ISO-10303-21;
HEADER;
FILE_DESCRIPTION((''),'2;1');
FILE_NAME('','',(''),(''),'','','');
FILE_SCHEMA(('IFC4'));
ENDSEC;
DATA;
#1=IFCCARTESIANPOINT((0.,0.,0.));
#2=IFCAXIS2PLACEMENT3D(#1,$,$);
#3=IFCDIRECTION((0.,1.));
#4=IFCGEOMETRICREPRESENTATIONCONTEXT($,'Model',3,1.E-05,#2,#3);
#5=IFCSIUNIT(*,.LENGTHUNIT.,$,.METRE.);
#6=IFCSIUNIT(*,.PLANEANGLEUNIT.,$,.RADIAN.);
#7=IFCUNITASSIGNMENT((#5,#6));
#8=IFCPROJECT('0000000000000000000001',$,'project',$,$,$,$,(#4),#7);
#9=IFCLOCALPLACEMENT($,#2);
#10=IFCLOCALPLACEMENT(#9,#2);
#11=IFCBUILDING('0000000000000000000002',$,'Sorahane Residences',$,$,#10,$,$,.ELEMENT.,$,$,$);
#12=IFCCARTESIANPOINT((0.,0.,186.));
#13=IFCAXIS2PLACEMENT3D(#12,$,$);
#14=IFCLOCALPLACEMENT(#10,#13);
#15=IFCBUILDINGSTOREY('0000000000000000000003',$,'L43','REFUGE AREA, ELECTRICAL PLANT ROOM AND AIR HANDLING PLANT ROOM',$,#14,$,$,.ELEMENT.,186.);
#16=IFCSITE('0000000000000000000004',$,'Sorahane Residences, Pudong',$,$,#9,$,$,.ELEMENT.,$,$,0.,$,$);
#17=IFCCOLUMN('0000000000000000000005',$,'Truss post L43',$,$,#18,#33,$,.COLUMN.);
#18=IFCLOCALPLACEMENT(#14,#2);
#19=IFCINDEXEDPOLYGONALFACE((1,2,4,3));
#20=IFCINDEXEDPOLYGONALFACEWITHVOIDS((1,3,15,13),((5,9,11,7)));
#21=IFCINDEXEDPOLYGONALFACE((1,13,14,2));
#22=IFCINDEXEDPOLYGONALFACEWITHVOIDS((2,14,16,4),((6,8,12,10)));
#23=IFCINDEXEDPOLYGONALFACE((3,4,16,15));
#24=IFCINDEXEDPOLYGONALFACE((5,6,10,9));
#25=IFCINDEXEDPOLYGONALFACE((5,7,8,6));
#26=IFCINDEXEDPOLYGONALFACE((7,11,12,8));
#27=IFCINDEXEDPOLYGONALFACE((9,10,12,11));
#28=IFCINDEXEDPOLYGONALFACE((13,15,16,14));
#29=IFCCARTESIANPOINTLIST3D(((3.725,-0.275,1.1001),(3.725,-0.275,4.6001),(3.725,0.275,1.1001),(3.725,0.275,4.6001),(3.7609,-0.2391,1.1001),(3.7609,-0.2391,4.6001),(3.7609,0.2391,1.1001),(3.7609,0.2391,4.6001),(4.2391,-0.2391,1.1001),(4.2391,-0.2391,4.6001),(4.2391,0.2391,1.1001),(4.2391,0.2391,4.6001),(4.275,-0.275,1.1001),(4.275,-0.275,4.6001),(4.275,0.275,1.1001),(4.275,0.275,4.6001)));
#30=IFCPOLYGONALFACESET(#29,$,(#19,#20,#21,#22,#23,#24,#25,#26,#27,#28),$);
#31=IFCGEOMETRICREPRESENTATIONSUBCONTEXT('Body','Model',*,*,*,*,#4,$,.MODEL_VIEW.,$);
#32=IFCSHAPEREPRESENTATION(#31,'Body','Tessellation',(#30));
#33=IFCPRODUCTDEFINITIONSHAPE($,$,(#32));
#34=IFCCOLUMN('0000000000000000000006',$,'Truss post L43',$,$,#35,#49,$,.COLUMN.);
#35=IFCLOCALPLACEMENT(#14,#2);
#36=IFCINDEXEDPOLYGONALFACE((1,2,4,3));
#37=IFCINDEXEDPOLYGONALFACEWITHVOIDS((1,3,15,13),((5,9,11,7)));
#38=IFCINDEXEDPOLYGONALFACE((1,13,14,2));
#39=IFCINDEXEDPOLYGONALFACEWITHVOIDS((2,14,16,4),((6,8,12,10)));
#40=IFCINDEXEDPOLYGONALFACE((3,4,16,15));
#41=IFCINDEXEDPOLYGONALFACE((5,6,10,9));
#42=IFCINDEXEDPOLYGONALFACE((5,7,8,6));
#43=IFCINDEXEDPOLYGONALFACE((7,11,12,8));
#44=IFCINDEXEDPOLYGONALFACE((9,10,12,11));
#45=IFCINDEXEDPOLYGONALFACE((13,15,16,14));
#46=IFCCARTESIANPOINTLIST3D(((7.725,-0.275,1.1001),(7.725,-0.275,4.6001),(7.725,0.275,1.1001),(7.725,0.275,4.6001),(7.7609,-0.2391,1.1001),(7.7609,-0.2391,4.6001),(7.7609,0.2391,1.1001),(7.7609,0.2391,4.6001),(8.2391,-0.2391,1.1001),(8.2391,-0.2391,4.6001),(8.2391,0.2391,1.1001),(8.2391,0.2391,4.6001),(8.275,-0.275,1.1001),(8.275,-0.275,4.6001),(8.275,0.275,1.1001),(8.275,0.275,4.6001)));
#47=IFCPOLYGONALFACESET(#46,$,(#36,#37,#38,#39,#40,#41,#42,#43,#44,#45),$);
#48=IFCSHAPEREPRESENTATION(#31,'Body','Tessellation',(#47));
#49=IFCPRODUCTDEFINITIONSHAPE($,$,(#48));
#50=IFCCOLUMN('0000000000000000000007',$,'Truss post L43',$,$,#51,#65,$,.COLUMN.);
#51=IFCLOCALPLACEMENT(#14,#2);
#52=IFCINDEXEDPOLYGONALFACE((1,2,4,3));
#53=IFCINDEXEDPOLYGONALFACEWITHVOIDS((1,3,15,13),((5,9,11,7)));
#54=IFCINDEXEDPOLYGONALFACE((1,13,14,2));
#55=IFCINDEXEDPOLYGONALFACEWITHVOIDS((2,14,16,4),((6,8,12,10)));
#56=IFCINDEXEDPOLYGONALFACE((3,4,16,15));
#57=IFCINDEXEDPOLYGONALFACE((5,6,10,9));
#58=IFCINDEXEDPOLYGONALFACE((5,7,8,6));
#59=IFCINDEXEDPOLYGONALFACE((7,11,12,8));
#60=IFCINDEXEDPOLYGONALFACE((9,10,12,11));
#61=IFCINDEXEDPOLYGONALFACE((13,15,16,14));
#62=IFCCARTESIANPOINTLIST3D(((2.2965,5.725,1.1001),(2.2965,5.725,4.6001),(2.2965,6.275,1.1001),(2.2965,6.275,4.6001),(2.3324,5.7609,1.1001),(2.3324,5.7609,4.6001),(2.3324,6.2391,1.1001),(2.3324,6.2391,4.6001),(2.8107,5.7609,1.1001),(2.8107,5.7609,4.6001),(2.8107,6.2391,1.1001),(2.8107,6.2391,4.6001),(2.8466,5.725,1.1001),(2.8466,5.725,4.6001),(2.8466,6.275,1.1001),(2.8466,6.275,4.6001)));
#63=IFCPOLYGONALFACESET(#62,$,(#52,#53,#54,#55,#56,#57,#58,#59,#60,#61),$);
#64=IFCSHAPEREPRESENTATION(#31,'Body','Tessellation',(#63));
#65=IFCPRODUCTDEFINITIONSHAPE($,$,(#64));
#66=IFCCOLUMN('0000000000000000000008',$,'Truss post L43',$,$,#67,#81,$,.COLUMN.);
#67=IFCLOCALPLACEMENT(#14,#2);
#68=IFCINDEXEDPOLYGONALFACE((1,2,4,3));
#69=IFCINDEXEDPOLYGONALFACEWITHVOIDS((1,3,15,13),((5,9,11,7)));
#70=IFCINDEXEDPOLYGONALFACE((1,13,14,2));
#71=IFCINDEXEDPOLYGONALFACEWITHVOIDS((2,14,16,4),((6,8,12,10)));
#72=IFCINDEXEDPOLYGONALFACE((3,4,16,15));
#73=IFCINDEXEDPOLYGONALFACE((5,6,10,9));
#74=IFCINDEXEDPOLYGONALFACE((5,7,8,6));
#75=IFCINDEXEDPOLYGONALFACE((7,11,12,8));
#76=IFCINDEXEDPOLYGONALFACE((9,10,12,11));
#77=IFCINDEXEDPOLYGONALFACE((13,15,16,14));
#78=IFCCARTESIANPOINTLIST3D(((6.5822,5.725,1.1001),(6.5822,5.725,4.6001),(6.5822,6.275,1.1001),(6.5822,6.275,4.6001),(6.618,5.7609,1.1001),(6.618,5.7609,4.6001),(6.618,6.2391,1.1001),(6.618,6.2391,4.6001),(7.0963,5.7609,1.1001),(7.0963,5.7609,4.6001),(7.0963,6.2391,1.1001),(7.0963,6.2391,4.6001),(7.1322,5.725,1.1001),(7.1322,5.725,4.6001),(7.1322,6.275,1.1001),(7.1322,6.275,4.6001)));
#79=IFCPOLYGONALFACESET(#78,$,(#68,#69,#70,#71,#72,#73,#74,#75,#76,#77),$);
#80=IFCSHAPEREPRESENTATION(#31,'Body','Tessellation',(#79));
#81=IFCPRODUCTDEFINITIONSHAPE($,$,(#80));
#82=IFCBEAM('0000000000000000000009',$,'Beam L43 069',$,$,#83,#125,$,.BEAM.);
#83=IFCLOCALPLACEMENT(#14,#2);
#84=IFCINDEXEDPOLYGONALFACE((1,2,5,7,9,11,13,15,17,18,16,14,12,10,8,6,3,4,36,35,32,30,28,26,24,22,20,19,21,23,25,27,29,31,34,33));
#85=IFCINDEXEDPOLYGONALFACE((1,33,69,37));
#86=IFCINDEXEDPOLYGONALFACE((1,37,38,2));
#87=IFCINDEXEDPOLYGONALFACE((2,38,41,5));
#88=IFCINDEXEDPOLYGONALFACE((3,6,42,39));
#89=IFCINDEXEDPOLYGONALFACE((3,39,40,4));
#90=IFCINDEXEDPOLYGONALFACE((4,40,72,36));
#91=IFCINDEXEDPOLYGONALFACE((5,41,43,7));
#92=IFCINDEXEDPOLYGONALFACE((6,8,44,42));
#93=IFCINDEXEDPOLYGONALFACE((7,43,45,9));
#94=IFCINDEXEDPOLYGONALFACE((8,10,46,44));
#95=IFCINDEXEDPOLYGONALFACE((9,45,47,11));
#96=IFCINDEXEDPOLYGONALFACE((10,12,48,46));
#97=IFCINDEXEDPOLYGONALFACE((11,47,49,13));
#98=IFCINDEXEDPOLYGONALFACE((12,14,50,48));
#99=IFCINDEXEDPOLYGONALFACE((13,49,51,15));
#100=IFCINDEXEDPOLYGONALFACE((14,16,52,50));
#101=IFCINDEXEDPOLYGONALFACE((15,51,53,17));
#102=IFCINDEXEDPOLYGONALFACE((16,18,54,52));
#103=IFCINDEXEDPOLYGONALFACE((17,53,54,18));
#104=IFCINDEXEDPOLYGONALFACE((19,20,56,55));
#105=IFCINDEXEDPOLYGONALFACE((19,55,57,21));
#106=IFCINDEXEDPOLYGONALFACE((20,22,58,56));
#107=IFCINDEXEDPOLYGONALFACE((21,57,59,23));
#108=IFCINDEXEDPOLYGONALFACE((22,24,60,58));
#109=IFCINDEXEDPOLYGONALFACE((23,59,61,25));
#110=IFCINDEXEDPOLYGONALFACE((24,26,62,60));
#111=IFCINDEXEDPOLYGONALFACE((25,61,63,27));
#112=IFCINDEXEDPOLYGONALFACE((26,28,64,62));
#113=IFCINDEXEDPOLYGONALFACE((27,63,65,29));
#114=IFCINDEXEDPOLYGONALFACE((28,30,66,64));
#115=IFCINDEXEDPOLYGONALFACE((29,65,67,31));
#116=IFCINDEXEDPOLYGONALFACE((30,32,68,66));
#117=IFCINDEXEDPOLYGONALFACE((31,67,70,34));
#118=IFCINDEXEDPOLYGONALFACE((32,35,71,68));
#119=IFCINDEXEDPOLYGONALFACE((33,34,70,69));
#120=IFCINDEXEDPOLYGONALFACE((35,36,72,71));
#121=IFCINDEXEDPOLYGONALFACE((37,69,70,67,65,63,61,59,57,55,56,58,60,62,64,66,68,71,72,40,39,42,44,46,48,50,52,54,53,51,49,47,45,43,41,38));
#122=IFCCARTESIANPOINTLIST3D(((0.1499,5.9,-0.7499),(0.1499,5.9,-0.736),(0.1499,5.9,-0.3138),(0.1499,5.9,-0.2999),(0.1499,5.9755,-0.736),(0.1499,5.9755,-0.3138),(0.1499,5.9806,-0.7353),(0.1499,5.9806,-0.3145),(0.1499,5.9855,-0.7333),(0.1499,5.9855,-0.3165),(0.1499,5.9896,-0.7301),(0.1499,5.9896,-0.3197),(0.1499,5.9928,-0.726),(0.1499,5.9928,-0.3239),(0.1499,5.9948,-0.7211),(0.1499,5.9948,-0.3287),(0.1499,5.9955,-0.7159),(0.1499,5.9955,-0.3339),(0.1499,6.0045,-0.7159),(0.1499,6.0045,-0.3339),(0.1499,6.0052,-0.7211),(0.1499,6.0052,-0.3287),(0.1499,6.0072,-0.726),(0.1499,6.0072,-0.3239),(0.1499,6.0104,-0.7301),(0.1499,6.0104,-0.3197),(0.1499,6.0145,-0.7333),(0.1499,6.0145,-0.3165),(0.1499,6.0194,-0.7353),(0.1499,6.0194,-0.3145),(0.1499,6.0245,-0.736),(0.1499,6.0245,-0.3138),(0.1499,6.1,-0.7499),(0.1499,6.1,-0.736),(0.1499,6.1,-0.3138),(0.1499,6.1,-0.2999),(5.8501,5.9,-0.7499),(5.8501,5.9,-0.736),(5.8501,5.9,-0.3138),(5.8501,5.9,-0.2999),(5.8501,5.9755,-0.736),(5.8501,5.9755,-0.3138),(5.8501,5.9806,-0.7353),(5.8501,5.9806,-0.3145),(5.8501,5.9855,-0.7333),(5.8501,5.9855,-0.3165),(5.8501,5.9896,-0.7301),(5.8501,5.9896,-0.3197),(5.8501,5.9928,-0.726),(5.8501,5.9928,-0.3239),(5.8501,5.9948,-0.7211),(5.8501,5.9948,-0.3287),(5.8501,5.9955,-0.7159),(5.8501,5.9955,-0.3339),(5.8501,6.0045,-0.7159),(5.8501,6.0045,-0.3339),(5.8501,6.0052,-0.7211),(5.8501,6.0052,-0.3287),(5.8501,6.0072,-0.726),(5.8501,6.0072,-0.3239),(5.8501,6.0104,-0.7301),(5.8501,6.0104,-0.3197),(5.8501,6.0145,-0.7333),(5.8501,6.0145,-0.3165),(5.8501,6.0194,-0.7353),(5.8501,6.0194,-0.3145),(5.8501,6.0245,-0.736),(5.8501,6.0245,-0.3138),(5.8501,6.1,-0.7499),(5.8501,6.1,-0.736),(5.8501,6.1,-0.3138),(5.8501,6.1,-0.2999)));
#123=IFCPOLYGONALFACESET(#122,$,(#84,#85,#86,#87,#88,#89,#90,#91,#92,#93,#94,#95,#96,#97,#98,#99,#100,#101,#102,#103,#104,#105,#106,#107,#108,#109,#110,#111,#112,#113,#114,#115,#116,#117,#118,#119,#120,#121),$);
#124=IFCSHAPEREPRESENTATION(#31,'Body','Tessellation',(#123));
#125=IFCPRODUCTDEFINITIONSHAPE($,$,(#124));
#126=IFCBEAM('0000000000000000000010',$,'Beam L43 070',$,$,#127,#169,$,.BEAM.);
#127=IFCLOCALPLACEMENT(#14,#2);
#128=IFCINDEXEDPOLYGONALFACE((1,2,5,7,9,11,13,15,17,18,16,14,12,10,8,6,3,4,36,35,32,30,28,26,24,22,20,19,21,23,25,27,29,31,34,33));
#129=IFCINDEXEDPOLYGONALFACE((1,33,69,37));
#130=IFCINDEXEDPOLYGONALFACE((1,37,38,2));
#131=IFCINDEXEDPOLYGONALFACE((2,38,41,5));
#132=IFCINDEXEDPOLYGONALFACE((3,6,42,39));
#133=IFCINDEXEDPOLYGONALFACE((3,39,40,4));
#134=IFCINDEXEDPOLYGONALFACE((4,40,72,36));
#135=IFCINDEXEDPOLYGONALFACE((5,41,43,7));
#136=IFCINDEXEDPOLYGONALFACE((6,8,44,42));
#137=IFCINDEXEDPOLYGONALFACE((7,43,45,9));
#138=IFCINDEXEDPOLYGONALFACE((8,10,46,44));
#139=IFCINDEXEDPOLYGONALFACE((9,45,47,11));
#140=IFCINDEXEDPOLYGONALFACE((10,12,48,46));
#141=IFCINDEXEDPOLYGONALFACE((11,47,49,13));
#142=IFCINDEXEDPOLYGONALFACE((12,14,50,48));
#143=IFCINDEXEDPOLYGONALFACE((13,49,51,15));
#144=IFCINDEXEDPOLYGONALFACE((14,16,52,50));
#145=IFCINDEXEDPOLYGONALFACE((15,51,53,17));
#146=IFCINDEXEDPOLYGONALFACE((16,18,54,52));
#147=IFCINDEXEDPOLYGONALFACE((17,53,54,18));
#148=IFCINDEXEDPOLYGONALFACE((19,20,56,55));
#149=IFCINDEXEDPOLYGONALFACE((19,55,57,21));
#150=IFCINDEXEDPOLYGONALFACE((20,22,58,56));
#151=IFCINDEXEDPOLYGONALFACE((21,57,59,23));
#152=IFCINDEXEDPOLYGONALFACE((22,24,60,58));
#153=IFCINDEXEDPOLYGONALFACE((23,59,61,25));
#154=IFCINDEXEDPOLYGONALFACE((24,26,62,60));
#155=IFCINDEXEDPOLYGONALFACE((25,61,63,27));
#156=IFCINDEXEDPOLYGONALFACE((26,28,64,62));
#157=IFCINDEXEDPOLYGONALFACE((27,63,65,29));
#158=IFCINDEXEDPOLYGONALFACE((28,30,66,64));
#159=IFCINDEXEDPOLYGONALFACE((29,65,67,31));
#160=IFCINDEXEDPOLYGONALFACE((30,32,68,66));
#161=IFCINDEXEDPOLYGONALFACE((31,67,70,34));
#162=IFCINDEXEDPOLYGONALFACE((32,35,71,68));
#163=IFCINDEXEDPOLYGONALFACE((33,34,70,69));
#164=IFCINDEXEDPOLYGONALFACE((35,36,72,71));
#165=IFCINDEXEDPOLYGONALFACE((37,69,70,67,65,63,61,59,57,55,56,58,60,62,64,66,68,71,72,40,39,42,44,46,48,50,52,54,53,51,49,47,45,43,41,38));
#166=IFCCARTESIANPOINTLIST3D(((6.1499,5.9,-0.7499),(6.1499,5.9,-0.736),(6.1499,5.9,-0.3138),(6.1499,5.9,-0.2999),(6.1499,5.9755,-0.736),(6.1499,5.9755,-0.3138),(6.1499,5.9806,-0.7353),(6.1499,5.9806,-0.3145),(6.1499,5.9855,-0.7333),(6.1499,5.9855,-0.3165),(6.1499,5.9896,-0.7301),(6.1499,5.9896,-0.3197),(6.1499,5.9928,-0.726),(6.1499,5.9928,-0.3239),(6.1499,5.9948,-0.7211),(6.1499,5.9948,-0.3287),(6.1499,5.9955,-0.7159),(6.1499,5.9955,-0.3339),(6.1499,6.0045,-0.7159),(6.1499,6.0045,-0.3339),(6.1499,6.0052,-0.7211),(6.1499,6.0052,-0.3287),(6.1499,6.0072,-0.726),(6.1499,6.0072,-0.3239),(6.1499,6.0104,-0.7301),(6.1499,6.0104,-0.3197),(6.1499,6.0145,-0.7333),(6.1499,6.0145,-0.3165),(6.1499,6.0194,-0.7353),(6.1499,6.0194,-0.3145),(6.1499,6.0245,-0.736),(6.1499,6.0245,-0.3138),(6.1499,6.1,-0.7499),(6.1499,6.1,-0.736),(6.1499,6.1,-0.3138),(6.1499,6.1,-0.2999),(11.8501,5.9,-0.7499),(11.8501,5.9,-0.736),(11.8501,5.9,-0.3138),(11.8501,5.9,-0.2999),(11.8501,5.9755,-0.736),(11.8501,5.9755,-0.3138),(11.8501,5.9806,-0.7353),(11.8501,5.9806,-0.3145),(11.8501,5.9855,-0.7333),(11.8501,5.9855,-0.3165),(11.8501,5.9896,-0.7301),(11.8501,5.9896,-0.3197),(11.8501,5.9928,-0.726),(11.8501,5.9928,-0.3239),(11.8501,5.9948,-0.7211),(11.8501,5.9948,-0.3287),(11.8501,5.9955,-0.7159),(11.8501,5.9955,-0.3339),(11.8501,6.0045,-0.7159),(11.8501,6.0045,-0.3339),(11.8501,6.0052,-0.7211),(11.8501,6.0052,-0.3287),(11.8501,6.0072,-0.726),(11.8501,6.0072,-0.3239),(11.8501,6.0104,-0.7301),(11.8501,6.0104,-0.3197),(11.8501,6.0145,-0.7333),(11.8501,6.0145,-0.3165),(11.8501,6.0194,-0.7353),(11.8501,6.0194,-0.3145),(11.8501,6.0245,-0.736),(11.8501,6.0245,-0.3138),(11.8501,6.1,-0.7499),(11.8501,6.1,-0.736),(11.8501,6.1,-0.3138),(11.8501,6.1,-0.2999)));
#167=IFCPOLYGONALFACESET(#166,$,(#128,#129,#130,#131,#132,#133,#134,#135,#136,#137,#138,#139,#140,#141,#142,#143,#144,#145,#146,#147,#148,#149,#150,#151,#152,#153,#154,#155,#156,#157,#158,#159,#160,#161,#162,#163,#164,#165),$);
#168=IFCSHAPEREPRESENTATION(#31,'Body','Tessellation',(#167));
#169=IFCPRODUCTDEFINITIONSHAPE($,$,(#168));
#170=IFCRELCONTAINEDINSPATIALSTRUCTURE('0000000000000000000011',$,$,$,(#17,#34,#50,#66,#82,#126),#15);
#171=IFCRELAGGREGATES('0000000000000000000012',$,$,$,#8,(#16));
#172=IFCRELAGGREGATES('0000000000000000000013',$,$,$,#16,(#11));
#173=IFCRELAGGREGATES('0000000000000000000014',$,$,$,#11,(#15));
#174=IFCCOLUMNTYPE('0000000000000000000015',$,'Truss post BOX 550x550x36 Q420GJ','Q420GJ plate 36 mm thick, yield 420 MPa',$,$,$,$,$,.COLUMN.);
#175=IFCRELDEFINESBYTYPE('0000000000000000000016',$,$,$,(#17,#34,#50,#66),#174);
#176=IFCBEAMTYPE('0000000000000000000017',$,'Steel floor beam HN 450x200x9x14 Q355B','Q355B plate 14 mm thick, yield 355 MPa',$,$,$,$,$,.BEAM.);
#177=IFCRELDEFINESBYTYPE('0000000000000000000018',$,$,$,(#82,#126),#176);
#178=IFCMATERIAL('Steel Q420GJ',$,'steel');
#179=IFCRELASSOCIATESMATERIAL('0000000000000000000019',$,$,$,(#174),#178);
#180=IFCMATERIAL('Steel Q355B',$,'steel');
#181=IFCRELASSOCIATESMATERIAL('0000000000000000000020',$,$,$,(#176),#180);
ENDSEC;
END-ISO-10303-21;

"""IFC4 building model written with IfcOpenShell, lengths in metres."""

from ifc_helpers import new_model, si_unit, direction, frame, origin, origin_2d, place, context, subcontext, project, spatial, hollow_rectangle, i_section, extrude, material, material_profile, profile_set, type_object, element, save


model = new_model("IFC4")

# Units and contexts
model_context = context("Model", 3, precision=1e-05, world=origin(), true_north=direction((0.0, 1.0)))
body_context = subcontext(model_context, "Body", "Model", "MODEL_VIEW")
ifc_project = project(units=[si_unit("LENGTHUNIT", "METRE"), si_unit("PLANEANGLEUNIT", "RADIAN")], contexts=[model_context])

# Site, building, storey
site_placement = place(None, origin())
site = spatial("IfcSite", under=ifc_project, at=site_placement, Name="Sorahane Residences, Pudong", CompositionType="ELEMENT", RefElevation=0.0)
building_placement = place(site_placement, origin())
building = spatial("IfcBuilding", under=site, at=building_placement, Name="Sorahane Residences", CompositionType="ELEMENT")
storey_placement = place(building_placement, frame((0.0, 0.0, 186.0)))
storey = spatial("IfcBuildingStorey", under=building, at=storey_placement, Name="L43", Description="REFUGE AREA, ELECTRICAL PLANT ROOM AND AIR HANDLING PLANT ROOM", CompositionType="ELEMENT", Elevation=186.0)

# Columns
ifc_material_1 = material(Name="Steel Q420GJ", Category="steel")
ifc_material_profile_1 = material_profile(ifc_material_1, hollow_rectangle(XDim=0.55, YDim=0.55, WallThickness=0.0359, at=origin_2d()), Name="BOX 550x550x36")
ifc_profile_set_1 = profile_set([ifc_material_profile_1], Name="Steel Q420GJ")
column_type = type_object("IfcColumnType", Name="Truss post BOX 550x550x36 Q420GJ", Description="Q420GJ plate 36 mm thick, yield 420 MPa", PredefinedType="COLUMN", material=ifc_profile_set_1)
for number, where, z_axis, x_axis, name in (
    (1, (4.0, 0.0, 1.1001), (0.0, 0.0, 1.0), (1.0, 0.0, 0.0), "Truss post L43"),
    (2, (8.0, 0.0, 1.1001), (0.0, 0.0, 1.0), (1.0, 0.0, 0.0), "Truss post L43"),
    (3, (2.5715, 6.0, 1.1001), (0.0, 0.0, 1.0), (1.0, 0.0, 0.0), "Truss post L43"),
    (4, (6.8572, 6.0, 1.1001), (0.0, 0.0, 1.0), (1.0, 0.0, 0.0), "Truss post L43"),
):
    element("IfcColumn", number, at=place(storey_placement, frame(where, z_axis=z_axis, x_axis=x_axis)), inside=storey, type_object=column_type, Name=name, PredefinedType="COLUMN", context=body_context, shape_type="SweptSolid", body=[
        extrude(hollow_rectangle(XDim=0.55, YDim=0.55, WallThickness=0.0359, at=origin_2d()), origin(), (0.0, 0.0, 1.0), 3.5),
    ])

# Beams
ifc_material_2 = material(Name="Steel Q355B", Category="steel")
ifc_material_profile_2 = material_profile(ifc_material_2, i_section(OverallWidth=0.2, OverallDepth=0.45, WebThickness=0.009, FlangeThickness=0.0139, FilletRadius=0.02, at=origin_2d()), Name="HN 450x200x9x14")
ifc_profile_set_2 = profile_set([ifc_material_profile_2], Name="Steel Q355B")
beam_type_1 = type_object("IfcBeamType", Name="Steel floor beam HN 450x200x9x14 Q355B", Description="Q355B plate 14 mm thick, yield 355 MPa", PredefinedType="BEAM", material=ifc_profile_set_2)
for number, where, z_axis, x_axis, name in (
    (5, (0.1499, 6.0, -0.5249), (1.0, 0.0, 0.0), (0.0, 1.0, 0.0), "Beam L43 069"),
    (6, (6.1499, 6.0, -0.5249), (1.0, 0.0, 0.0), (0.0, 1.0, 0.0), "Beam L43 070"),
):
    element("IfcBeam", number, at=place(storey_placement, frame(where, z_axis=z_axis, x_axis=x_axis)), inside=storey, type_object=beam_type_1, Name=name, PredefinedType="BEAM", context=body_context, shape_type="SweptSolid", body=[
        extrude(i_section(OverallWidth=0.2, OverallDepth=0.45, WebThickness=0.009, FlangeThickness=0.0139, FilletRadius=0.02, at=origin_2d()), origin(), (0.0, 0.0, 1.0), 5.7002),
    ])

save(model, "model.ifc")
